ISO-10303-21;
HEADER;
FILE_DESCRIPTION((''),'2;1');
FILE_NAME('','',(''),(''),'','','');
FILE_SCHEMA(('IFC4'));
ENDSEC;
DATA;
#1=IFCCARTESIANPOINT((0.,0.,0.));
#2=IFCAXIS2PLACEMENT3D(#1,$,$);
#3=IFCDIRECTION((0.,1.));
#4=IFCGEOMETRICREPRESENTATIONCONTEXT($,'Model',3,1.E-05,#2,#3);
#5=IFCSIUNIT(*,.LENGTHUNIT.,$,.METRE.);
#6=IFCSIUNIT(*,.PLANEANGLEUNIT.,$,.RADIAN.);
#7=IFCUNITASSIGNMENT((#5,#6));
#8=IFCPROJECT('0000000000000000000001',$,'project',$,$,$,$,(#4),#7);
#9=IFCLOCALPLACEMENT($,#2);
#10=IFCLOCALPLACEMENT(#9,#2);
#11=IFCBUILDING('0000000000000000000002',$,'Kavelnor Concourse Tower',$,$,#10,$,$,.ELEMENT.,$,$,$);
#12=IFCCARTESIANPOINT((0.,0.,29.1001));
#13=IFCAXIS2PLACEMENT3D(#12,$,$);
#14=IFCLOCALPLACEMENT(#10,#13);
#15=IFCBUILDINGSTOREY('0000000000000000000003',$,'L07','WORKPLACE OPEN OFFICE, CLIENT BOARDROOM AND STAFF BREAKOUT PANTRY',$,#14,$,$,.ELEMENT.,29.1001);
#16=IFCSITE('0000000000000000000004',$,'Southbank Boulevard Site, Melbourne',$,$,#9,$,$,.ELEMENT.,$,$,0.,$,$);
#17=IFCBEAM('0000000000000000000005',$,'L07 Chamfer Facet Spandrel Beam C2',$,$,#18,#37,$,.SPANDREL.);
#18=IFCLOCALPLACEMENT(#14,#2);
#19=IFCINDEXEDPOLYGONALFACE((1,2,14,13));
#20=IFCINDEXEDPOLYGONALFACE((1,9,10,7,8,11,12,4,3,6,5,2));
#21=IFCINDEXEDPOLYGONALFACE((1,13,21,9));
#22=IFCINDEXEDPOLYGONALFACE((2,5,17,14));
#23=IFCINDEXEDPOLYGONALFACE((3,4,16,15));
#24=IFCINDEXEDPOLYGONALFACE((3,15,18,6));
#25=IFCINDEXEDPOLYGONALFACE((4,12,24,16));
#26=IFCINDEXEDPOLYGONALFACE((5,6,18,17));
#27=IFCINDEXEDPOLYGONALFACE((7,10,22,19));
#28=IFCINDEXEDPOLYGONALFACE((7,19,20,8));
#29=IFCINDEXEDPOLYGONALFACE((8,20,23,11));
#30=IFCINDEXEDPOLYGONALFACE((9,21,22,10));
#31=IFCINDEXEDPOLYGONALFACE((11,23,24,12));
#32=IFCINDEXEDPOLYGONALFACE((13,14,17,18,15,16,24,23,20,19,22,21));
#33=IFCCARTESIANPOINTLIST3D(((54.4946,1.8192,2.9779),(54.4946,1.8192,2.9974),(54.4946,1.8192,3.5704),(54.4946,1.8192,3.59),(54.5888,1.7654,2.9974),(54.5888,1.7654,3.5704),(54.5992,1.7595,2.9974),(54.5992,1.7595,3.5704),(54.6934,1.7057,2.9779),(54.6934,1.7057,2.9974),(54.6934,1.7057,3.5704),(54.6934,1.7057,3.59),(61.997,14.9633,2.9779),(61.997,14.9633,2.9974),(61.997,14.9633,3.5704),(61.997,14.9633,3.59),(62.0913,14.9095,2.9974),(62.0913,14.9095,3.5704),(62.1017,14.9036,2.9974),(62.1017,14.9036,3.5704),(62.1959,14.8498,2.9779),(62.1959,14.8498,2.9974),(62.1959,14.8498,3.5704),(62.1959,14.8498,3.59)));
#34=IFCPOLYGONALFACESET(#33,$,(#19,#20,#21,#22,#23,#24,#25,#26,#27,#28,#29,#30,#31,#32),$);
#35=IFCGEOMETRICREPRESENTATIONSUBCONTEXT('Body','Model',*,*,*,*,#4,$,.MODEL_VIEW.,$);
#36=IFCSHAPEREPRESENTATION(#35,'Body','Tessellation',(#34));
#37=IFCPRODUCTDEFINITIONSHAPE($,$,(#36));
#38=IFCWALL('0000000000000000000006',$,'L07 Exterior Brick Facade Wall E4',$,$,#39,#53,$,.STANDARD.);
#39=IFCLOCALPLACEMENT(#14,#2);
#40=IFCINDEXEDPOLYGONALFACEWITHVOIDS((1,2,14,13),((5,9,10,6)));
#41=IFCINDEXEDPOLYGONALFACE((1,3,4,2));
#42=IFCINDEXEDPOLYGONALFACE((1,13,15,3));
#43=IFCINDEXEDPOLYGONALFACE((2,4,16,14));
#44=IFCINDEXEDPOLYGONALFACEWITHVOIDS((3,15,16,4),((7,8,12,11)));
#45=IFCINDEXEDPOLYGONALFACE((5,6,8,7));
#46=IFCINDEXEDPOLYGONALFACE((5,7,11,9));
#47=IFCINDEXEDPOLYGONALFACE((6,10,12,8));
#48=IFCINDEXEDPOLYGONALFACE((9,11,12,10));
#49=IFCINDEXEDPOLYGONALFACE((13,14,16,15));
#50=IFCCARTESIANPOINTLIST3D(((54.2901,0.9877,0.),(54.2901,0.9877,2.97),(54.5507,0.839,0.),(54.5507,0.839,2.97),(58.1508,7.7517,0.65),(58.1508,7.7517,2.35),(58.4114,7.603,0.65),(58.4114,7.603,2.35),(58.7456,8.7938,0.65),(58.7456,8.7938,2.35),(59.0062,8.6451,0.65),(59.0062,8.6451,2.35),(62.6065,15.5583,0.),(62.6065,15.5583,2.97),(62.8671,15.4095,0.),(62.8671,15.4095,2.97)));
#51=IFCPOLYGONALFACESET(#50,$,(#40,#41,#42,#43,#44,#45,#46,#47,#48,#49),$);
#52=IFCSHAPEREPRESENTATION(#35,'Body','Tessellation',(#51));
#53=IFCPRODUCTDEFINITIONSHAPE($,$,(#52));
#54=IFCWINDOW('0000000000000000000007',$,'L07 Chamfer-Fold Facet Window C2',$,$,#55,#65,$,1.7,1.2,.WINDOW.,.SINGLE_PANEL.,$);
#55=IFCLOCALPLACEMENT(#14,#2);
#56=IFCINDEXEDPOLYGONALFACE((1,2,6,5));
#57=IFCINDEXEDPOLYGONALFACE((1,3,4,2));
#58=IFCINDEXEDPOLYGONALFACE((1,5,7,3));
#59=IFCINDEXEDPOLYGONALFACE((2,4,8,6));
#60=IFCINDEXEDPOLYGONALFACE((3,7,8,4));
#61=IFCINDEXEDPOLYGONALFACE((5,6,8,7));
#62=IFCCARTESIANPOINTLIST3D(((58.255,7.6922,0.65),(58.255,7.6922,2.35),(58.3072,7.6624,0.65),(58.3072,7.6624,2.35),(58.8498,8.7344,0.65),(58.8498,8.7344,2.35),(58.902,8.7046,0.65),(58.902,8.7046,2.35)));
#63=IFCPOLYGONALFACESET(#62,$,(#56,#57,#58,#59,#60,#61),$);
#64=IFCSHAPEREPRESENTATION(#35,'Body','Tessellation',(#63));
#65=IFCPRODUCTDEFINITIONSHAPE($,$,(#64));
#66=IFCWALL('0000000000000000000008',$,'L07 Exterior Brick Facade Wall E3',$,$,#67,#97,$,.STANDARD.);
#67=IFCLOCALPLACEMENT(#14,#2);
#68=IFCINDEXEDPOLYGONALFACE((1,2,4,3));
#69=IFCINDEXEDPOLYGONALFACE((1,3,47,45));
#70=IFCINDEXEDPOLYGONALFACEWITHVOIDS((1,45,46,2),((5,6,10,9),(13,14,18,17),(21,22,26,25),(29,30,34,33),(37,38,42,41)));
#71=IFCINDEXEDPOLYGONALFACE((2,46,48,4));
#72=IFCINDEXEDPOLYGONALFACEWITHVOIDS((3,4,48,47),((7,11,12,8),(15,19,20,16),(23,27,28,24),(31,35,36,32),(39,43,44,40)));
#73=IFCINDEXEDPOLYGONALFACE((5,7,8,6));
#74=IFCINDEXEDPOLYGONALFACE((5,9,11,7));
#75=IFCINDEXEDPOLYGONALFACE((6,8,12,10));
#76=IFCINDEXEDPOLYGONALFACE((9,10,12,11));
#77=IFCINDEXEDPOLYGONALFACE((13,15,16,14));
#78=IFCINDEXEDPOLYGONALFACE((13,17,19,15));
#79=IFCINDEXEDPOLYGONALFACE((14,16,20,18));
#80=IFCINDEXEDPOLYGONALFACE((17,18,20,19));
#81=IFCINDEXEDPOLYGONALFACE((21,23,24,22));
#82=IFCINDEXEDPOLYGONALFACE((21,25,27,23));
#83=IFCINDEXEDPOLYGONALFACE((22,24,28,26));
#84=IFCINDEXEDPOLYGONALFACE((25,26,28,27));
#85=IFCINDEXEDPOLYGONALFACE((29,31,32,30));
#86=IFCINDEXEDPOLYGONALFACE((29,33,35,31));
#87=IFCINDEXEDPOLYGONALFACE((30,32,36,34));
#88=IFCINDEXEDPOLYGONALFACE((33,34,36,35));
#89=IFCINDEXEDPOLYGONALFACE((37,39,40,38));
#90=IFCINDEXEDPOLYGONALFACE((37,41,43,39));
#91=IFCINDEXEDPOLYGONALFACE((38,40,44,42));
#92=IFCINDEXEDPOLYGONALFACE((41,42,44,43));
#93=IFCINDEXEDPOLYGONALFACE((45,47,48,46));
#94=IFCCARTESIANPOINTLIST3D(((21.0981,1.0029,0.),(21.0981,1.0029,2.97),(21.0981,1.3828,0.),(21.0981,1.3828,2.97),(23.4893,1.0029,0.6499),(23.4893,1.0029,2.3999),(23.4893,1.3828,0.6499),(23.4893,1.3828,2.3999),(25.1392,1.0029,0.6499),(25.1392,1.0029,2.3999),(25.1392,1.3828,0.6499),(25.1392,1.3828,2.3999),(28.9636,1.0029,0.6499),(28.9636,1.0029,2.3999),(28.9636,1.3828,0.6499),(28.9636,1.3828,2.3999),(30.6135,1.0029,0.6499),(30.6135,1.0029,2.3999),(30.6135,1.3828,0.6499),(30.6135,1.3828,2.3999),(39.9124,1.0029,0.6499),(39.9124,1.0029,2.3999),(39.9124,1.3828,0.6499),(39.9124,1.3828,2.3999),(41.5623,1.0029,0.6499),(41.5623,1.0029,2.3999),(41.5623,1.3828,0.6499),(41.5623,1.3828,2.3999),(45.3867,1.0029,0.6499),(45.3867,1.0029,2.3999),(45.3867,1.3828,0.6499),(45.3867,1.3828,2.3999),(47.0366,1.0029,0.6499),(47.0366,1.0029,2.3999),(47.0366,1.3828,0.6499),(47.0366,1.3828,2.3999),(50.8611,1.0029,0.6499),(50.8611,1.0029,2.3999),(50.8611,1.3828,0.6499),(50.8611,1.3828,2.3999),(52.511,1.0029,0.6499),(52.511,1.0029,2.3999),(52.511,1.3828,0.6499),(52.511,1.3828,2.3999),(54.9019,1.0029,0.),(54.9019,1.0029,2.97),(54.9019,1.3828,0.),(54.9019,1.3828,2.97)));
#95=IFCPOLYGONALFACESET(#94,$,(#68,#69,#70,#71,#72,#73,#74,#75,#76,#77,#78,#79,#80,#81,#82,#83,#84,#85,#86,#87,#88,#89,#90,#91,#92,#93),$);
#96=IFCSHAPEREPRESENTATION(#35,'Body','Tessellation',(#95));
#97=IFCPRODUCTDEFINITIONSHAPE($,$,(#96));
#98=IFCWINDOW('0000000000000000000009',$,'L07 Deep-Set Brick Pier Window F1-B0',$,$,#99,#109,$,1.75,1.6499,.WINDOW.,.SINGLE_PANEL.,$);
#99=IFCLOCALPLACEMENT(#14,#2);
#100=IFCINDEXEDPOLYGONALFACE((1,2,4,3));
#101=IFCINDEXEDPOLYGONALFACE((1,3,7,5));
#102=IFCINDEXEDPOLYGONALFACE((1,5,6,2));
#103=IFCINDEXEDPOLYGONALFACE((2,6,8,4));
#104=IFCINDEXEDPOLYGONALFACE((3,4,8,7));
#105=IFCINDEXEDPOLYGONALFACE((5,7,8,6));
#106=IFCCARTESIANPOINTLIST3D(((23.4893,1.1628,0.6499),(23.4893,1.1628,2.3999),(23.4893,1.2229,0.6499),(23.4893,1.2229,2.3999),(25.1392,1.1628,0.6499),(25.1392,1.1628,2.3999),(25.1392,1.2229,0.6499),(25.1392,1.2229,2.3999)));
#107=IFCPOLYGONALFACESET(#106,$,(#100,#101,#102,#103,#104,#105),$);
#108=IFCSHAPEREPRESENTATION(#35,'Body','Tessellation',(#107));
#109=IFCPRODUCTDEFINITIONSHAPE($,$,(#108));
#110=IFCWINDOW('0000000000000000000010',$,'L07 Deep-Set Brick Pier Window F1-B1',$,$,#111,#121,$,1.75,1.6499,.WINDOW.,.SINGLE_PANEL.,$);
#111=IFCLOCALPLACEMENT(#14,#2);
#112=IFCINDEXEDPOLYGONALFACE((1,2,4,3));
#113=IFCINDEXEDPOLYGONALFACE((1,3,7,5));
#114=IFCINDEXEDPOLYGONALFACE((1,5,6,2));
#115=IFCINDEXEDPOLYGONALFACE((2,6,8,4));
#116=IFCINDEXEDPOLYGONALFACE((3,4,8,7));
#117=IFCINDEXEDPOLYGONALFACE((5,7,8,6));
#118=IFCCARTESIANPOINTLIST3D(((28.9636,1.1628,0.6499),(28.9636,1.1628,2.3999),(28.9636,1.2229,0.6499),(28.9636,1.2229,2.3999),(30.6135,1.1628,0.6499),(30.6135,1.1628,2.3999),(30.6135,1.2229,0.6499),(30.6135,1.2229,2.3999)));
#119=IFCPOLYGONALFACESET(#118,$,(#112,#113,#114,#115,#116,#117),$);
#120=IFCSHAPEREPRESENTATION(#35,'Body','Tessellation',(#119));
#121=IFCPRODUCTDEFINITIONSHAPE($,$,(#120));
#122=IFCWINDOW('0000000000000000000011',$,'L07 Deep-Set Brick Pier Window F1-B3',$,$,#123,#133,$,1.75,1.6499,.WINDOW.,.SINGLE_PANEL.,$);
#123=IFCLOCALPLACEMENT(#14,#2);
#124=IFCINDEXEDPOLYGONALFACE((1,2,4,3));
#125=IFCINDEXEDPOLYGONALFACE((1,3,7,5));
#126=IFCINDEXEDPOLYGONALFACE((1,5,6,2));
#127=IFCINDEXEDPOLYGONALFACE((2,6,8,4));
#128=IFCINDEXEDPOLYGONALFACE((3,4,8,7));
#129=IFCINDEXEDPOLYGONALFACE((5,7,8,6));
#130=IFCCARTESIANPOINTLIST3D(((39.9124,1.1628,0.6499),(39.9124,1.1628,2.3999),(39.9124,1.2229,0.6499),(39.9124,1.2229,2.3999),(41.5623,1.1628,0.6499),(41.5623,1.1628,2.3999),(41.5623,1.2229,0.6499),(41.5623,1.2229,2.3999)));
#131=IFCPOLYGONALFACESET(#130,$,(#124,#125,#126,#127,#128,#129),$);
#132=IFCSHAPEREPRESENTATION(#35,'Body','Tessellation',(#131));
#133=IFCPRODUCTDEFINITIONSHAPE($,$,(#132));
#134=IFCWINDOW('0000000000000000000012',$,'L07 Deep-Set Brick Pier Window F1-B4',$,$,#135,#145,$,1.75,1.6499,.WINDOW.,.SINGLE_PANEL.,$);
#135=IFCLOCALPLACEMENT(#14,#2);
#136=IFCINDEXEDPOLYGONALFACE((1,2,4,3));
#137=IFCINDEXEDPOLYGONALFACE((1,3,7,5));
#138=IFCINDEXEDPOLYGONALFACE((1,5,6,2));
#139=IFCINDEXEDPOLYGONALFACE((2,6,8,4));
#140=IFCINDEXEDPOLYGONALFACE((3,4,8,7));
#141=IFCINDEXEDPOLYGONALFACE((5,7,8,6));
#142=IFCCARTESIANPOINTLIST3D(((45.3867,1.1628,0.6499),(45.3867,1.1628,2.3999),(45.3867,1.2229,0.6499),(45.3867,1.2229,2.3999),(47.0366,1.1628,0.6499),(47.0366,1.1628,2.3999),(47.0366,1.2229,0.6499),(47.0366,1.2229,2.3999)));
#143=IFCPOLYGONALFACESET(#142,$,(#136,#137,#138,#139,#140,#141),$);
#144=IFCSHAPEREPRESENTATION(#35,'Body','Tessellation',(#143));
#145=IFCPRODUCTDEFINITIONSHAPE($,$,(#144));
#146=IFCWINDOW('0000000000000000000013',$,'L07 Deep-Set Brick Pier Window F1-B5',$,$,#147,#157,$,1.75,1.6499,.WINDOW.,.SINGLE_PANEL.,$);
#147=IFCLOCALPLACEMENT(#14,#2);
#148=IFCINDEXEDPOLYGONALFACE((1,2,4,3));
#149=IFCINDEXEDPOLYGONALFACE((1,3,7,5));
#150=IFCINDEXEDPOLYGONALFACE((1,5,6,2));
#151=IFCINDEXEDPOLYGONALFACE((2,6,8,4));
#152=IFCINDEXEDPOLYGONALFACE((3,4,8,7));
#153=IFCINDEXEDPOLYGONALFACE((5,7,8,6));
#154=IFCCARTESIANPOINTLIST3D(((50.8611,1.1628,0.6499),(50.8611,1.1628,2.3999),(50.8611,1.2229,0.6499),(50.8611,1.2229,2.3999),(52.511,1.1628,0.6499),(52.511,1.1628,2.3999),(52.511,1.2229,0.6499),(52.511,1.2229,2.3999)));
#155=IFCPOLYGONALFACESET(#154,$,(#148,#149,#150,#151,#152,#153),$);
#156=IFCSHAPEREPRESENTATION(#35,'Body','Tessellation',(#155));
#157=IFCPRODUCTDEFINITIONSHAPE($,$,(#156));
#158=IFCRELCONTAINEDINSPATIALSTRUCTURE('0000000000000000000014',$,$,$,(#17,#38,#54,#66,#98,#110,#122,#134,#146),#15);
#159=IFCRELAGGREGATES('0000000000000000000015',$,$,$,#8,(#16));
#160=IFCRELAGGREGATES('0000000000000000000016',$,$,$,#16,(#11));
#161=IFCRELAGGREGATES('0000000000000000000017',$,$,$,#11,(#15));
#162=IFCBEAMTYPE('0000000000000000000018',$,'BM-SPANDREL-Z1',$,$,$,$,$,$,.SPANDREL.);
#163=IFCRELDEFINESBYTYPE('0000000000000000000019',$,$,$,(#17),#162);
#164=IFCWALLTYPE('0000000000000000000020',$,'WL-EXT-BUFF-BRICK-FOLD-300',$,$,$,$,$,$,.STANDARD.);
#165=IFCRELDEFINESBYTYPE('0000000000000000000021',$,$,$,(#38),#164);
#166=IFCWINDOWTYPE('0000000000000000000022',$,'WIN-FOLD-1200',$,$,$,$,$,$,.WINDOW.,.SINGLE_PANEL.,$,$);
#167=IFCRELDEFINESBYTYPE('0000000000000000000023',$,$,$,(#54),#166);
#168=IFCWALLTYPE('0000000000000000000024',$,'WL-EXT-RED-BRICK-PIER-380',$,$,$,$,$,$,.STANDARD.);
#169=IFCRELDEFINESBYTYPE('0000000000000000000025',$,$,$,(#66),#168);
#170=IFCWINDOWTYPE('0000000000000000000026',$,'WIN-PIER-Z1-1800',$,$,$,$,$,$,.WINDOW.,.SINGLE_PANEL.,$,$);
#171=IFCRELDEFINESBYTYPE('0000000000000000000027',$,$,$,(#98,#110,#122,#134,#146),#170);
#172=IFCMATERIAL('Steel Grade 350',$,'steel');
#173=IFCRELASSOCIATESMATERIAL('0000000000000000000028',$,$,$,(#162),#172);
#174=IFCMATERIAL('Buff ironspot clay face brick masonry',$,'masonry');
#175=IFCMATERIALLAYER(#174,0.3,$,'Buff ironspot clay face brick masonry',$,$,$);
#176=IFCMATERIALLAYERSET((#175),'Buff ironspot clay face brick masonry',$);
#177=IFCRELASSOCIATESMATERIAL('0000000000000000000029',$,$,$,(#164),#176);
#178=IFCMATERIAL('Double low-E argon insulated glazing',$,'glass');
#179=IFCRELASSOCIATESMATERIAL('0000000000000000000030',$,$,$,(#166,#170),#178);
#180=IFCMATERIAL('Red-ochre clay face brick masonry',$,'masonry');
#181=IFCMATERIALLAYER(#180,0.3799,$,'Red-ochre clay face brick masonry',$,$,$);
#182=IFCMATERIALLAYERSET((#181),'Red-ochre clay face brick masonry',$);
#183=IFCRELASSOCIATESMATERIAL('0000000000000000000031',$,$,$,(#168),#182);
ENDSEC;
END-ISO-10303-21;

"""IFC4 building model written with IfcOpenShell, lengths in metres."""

from ifc_helpers import new_model, si_unit, direction, frame, frame_2d, origin, origin_2d, place, context, subcontext, project, spatial, rectangle, i_section, extrude, material, layer, layer_set, material_profile, profile_set, type_object, element, fill, save


model = new_model("IFC4")

# Units and contexts
model_context = context("Model", 3, precision=1e-05, world=origin(), true_north=direction((0.0, 1.0)))
body_context = subcontext(model_context, "Body", "Model", "MODEL_VIEW")
ifc_project = project(units=[si_unit("LENGTHUNIT", "METRE"), si_unit("PLANEANGLEUNIT", "RADIAN")], contexts=[model_context])

# Site, building, storey
site_placement = place(None, origin())
site = spatial("IfcSite", under=ifc_project, at=site_placement, Name="Southbank Boulevard Site, Melbourne", CompositionType="ELEMENT", RefElevation=0.0)
building_placement = place(site_placement, origin())
building = spatial("IfcBuilding", under=site, at=building_placement, Name="Kavelnor Concourse Tower", CompositionType="ELEMENT")
storey_placement = place(building_placement, frame((0.0, 0.0, 29.1001)))
storey = spatial("IfcBuildingStorey", under=building, at=storey_placement, Name="L07", Description="WORKPLACE OPEN OFFICE, CLIENT BOARDROOM AND STAFF BREAKOUT PANTRY", CompositionType="ELEMENT", Elevation=29.1001)

# Shared definitions
ifc_material_1 = material(Name="Steel Grade 350", Category="steel")

# Beam
ifc_material_profile_1 = material_profile(ifc_material_1, i_section(OverallWidth=0.229, OverallDepth=0.6121, WebThickness=0.012, FlangeThickness=0.0195, at=origin_2d()), Name="610UB125")
ifc_profile_set_1 = profile_set([ifc_material_profile_1], Name="Steel Grade 350")
beam_type_1 = type_object("IfcBeamType", Name="BM-SPANDREL-Z1", PredefinedType="SPANDREL", material=ifc_profile_set_1)
beam_1_placement = place(storey_placement, frame((54.594, 1.7625, 3.2839), z_axis=(0.495718, 0.868483, 0.0), x_axis=(-0.868483, 0.495718, 0.0)))
element("IfcBeam", 1, at=beam_1_placement, inside=storey, type_object=beam_type_1, Name="L07 Chamfer Facet Spandrel Beam C2", PredefinedType="SPANDREL", context=body_context, shape_type="SweptSolid", body=[
    extrude(i_section(OverallWidth=0.229, OverallDepth=0.6121, WebThickness=0.012, FlangeThickness=0.0195, at=origin_2d()), origin(), (0.0, 0.0, 1.0), 15.1345),
])

# Wall, opening, window
ifc_material_2 = material(Name="Buff ironspot clay face brick masonry", Category="masonry")
ifc_layer_1 = layer(ifc_material_2, 0.3, Name="Buff ironspot clay face brick masonry")
ifc_layer_set_1 = layer_set([ifc_layer_1], Name="Buff ironspot clay face brick masonry")
wall_type_1 = type_object("IfcWallType", Name="WL-EXT-BUFF-BRICK-FOLD-300", PredefinedType="STANDARD", material=ifc_layer_set_1)
wall_1_placement = place(storey_placement, frame((62.7368, 15.4839, 0.0), z_axis=(0.0, 0.0, 1.0), x_axis=(-0.495706, -0.86849, 0.0)))
wall_1 = element("IfcWall", 2, at=wall_1_placement, inside=storey, type_object=wall_type_1, Name="L07 Exterior Brick Facade Wall E4", PredefinedType="STANDARD", context=body_context, shape_type="SweptSolid", body=[
    extrude(rectangle(XDim=16.7769, YDim=0.3, at=frame_2d((8.3884, 0.0))), origin(), (0.0, 0.0, 1.0), 2.97),
])
opening_1_placement = place(wall_1_placement, frame((7.7886, 0.0, 0.6499)))
opening_1 = element("IfcOpeningElement", 3, at=opening_1_placement, cuts=wall_1, PredefinedType="OPENING", context=body_context, shape_type="SweptSolid", body=[
    extrude(rectangle(XDim=1.2, YDim=1.7, at=frame_2d((0.6001, 0.8501))), frame((0.0, 0.1602, 0.0), z_axis=(0.0, -1.0, 0.0), x_axis=(1.0, 0.0, 0.0)), (0.0, 0.0, 1.0), 0.3201),
])
ifc_material_3 = material(Name="Double low-E argon insulated glazing", Category="glass")
window_type_1 = type_object("IfcWindowType", Name="WIN-FOLD-1200", PartitioningType="SINGLE_PANEL", PredefinedType="WINDOW", material=ifc_material_3)
window_1_placement = place(opening_1_placement, origin())
window_1 = element("IfcWindow", 4, at=window_1_placement, inside=storey, type_object=window_type_1, Name="L07 Chamfer-Fold Facet Window C2", OverallHeight=1.7, OverallWidth=1.2, PartitioningType="SINGLE_PANEL", PredefinedType="WINDOW", context=body_context, shape_type="SweptSolid", body=[
    extrude(rectangle(XDim=1.2, YDim=1.7, at=frame_2d((0.6001, 0.8501))), frame((0.0, 0.03, 0.0), z_axis=(0.0, -1.0, 0.0), x_axis=(1.0, 0.0, 0.0)), (0.0, 0.0, 1.0), 0.0601),
])
fill(opening_1, window_1)

# Wall, openings, windows
ifc_material_4 = material(Name="Red-ochre clay face brick masonry", Category="masonry")
ifc_layer_2 = layer(ifc_material_4, 0.3799, Name="Red-ochre clay face brick masonry")
ifc_layer_set_2 = layer_set([ifc_layer_2], Name="Red-ochre clay face brick masonry")
wall_type_2 = type_object("IfcWallType", Name="WL-EXT-RED-BRICK-PIER-380", PredefinedType="STANDARD", material=ifc_layer_set_2)
wall_2_placement = place(storey_placement, frame((54.9019, 1.1929, 0.0), z_axis=(0.0, 0.0, 1.0), x_axis=(-1.0, 0.0, 0.0)))
wall_2 = element("IfcWall", 5, at=wall_2_placement, inside=storey, type_object=wall_type_2, Name="L07 Exterior Brick Facade Wall E3", PredefinedType="STANDARD", context=body_context, shape_type="SweptSolid", body=[
    extrude(rectangle(XDim=33.8037, YDim=0.3799, at=frame_2d((16.9019, 0.0))), origin(), (0.0, 0.0, 1.0), 2.97),
])
opening_2_placement = place(wall_2_placement, frame((29.7627, 0.0, 0.6499)))
opening_2 = element("IfcOpeningElement", 6, at=opening_2_placement, cuts=wall_2, PredefinedType="OPENING", context=body_context, shape_type="SweptSolid", body=[
    extrude(rectangle(XDim=1.6499, YDim=1.75, at=frame_2d((0.825, 0.875))), frame((0.0, 0.2, 0.0), z_axis=(0.0, -1.0, 0.0), x_axis=(1.0, 0.0, 0.0)), (0.0, 0.0, 1.0), 0.3999),
])
opening_3_placement = place(wall_2_placement, frame((24.2883, 0.0, 0.6499)))
opening_3 = element("IfcOpeningElement", 7, at=opening_3_placement, cuts=wall_2, PredefinedType="OPENING", context=body_context, shape_type="SweptSolid", body=[
    extrude(rectangle(XDim=1.6499, YDim=1.75, at=frame_2d((0.825, 0.875))), frame((0.0, 0.2, 0.0), z_axis=(0.0, -1.0, 0.0), x_axis=(1.0, 0.0, 0.0)), (0.0, 0.0, 1.0), 0.3999),
])
opening_4_placement = place(wall_2_placement, frame((13.3396, 0.0, 0.6499)))
opening_4 = element("IfcOpeningElement", 8, at=opening_4_placement, cuts=wall_2, PredefinedType="OPENING", context=body_context, shape_type="SweptSolid", body=[
    extrude(rectangle(XDim=1.6499, YDim=1.75, at=frame_2d((0.825, 0.875))), frame((0.0, 0.2, 0.0), z_axis=(0.0, -1.0, 0.0), x_axis=(1.0, 0.0, 0.0)), (0.0, 0.0, 1.0), 0.3999),
])
opening_5_placement = place(wall_2_placement, frame((7.8652, 0.0, 0.6499)))
opening_5 = element("IfcOpeningElement", 9, at=opening_5_placement, cuts=wall_2, PredefinedType="OPENING", context=body_context, shape_type="SweptSolid", body=[
    extrude(rectangle(XDim=1.6499, YDim=1.75, at=frame_2d((0.825, 0.875))), frame((0.0, 0.2, 0.0), z_axis=(0.0, -1.0, 0.0), x_axis=(1.0, 0.0, 0.0)), (0.0, 0.0, 1.0), 0.3999),
])
opening_6_placement = place(wall_2_placement, frame((2.3909, 0.0, 0.6499)))
opening_6 = element("IfcOpeningElement", 10, at=opening_6_placement, cuts=wall_2, PredefinedType="OPENING", context=body_context, shape_type="SweptSolid", body=[
    extrude(rectangle(XDim=1.6499, YDim=1.75, at=frame_2d((0.825, 0.875))), frame((0.0, 0.2, 0.0), z_axis=(0.0, -1.0, 0.0), x_axis=(1.0, 0.0, 0.0)), (0.0, 0.0, 1.0), 0.3999),
])
window_type_2 = type_object("IfcWindowType", Name="WIN-PIER-Z1-1800", PartitioningType="SINGLE_PANEL", PredefinedType="WINDOW", material=ifc_material_3)
window_2_placement = place(opening_2_placement, origin())
window_2 = element("IfcWindow", 11, at=window_2_placement, inside=storey, type_object=window_type_2, Name="L07 Deep-Set Brick Pier Window F1-B0", OverallHeight=1.75, OverallWidth=1.6499, PartitioningType="SINGLE_PANEL", PredefinedType="WINDOW", context=body_context, shape_type="SweptSolid", body=[
    extrude(rectangle(XDim=1.6499, YDim=1.75, at=frame_2d((0.825, 0.875))), frame((0.0, 0.03, 0.0), z_axis=(0.0, -1.0, 0.0), x_axis=(1.0, 0.0, 0.0)), (0.0, 0.0, 1.0), 0.0601),
])
fill(opening_2, window_2)
window_3_placement = place(opening_3_placement, origin())
window_3 = element("IfcWindow", 12, at=window_3_placement, inside=storey, type_object=window_type_2, Name="L07 Deep-Set Brick Pier Window F1-B1", OverallHeight=1.75, OverallWidth=1.6499, PartitioningType="SINGLE_PANEL", PredefinedType="WINDOW", context=body_context, shape_type="SweptSolid", body=[
    extrude(rectangle(XDim=1.6499, YDim=1.75, at=frame_2d((0.825, 0.875))), frame((0.0, 0.03, 0.0), z_axis=(0.0, -1.0, 0.0), x_axis=(1.0, 0.0, 0.0)), (0.0, 0.0, 1.0), 0.0601),
])
fill(opening_3, window_3)
window_4_placement = place(opening_4_placement, origin())
window_4 = element("IfcWindow", 13, at=window_4_placement, inside=storey, type_object=window_type_2, Name="L07 Deep-Set Brick Pier Window F1-B3", OverallHeight=1.75, OverallWidth=1.6499, PartitioningType="SINGLE_PANEL", PredefinedType="WINDOW", context=body_context, shape_type="SweptSolid", body=[
    extrude(rectangle(XDim=1.6499, YDim=1.75, at=frame_2d((0.825, 0.875))), frame((0.0, 0.03, 0.0), z_axis=(0.0, -1.0, 0.0), x_axis=(1.0, 0.0, 0.0)), (0.0, 0.0, 1.0), 0.0601),
])
fill(opening_4, window_4)
window_5_placement = place(opening_5_placement, origin())
window_5 = element("IfcWindow", 14, at=window_5_placement, inside=storey, type_object=window_type_2, Name="L07 Deep-Set Brick Pier Window F1-B4", OverallHeight=1.75, OverallWidth=1.6499, PartitioningType="SINGLE_PANEL", PredefinedType="WINDOW", context=body_context, shape_type="SweptSolid", body=[
    extrude(rectangle(XDim=1.6499, YDim=1.75, at=frame_2d((0.825, 0.875))), frame((0.0, 0.03, 0.0), z_axis=(0.0, -1.0, 0.0), x_axis=(1.0, 0.0, 0.0)), (0.0, 0.0, 1.0), 0.0601),
])
fill(opening_5, window_5)
window_6_placement = place(opening_6_placement, origin())
window_6 = element("IfcWindow", 15, at=window_6_placement, inside=storey, type_object=window_type_2, Name="L07 Deep-Set Brick Pier Window F1-B5", OverallHeight=1.75, OverallWidth=1.6499, PartitioningType="SINGLE_PANEL", PredefinedType="WINDOW", context=body_context, shape_type="SweptSolid", body=[
    extrude(rectangle(XDim=1.6499, YDim=1.75, at=frame_2d((0.825, 0.875))), frame((0.0, 0.03, 0.0), z_axis=(0.0, -1.0, 0.0), x_axis=(1.0, 0.0, 0.0)), (0.0, 0.0, 1.0), 0.0601),
])
fill(opening_6, window_6)

save(model, "model.ifc")
